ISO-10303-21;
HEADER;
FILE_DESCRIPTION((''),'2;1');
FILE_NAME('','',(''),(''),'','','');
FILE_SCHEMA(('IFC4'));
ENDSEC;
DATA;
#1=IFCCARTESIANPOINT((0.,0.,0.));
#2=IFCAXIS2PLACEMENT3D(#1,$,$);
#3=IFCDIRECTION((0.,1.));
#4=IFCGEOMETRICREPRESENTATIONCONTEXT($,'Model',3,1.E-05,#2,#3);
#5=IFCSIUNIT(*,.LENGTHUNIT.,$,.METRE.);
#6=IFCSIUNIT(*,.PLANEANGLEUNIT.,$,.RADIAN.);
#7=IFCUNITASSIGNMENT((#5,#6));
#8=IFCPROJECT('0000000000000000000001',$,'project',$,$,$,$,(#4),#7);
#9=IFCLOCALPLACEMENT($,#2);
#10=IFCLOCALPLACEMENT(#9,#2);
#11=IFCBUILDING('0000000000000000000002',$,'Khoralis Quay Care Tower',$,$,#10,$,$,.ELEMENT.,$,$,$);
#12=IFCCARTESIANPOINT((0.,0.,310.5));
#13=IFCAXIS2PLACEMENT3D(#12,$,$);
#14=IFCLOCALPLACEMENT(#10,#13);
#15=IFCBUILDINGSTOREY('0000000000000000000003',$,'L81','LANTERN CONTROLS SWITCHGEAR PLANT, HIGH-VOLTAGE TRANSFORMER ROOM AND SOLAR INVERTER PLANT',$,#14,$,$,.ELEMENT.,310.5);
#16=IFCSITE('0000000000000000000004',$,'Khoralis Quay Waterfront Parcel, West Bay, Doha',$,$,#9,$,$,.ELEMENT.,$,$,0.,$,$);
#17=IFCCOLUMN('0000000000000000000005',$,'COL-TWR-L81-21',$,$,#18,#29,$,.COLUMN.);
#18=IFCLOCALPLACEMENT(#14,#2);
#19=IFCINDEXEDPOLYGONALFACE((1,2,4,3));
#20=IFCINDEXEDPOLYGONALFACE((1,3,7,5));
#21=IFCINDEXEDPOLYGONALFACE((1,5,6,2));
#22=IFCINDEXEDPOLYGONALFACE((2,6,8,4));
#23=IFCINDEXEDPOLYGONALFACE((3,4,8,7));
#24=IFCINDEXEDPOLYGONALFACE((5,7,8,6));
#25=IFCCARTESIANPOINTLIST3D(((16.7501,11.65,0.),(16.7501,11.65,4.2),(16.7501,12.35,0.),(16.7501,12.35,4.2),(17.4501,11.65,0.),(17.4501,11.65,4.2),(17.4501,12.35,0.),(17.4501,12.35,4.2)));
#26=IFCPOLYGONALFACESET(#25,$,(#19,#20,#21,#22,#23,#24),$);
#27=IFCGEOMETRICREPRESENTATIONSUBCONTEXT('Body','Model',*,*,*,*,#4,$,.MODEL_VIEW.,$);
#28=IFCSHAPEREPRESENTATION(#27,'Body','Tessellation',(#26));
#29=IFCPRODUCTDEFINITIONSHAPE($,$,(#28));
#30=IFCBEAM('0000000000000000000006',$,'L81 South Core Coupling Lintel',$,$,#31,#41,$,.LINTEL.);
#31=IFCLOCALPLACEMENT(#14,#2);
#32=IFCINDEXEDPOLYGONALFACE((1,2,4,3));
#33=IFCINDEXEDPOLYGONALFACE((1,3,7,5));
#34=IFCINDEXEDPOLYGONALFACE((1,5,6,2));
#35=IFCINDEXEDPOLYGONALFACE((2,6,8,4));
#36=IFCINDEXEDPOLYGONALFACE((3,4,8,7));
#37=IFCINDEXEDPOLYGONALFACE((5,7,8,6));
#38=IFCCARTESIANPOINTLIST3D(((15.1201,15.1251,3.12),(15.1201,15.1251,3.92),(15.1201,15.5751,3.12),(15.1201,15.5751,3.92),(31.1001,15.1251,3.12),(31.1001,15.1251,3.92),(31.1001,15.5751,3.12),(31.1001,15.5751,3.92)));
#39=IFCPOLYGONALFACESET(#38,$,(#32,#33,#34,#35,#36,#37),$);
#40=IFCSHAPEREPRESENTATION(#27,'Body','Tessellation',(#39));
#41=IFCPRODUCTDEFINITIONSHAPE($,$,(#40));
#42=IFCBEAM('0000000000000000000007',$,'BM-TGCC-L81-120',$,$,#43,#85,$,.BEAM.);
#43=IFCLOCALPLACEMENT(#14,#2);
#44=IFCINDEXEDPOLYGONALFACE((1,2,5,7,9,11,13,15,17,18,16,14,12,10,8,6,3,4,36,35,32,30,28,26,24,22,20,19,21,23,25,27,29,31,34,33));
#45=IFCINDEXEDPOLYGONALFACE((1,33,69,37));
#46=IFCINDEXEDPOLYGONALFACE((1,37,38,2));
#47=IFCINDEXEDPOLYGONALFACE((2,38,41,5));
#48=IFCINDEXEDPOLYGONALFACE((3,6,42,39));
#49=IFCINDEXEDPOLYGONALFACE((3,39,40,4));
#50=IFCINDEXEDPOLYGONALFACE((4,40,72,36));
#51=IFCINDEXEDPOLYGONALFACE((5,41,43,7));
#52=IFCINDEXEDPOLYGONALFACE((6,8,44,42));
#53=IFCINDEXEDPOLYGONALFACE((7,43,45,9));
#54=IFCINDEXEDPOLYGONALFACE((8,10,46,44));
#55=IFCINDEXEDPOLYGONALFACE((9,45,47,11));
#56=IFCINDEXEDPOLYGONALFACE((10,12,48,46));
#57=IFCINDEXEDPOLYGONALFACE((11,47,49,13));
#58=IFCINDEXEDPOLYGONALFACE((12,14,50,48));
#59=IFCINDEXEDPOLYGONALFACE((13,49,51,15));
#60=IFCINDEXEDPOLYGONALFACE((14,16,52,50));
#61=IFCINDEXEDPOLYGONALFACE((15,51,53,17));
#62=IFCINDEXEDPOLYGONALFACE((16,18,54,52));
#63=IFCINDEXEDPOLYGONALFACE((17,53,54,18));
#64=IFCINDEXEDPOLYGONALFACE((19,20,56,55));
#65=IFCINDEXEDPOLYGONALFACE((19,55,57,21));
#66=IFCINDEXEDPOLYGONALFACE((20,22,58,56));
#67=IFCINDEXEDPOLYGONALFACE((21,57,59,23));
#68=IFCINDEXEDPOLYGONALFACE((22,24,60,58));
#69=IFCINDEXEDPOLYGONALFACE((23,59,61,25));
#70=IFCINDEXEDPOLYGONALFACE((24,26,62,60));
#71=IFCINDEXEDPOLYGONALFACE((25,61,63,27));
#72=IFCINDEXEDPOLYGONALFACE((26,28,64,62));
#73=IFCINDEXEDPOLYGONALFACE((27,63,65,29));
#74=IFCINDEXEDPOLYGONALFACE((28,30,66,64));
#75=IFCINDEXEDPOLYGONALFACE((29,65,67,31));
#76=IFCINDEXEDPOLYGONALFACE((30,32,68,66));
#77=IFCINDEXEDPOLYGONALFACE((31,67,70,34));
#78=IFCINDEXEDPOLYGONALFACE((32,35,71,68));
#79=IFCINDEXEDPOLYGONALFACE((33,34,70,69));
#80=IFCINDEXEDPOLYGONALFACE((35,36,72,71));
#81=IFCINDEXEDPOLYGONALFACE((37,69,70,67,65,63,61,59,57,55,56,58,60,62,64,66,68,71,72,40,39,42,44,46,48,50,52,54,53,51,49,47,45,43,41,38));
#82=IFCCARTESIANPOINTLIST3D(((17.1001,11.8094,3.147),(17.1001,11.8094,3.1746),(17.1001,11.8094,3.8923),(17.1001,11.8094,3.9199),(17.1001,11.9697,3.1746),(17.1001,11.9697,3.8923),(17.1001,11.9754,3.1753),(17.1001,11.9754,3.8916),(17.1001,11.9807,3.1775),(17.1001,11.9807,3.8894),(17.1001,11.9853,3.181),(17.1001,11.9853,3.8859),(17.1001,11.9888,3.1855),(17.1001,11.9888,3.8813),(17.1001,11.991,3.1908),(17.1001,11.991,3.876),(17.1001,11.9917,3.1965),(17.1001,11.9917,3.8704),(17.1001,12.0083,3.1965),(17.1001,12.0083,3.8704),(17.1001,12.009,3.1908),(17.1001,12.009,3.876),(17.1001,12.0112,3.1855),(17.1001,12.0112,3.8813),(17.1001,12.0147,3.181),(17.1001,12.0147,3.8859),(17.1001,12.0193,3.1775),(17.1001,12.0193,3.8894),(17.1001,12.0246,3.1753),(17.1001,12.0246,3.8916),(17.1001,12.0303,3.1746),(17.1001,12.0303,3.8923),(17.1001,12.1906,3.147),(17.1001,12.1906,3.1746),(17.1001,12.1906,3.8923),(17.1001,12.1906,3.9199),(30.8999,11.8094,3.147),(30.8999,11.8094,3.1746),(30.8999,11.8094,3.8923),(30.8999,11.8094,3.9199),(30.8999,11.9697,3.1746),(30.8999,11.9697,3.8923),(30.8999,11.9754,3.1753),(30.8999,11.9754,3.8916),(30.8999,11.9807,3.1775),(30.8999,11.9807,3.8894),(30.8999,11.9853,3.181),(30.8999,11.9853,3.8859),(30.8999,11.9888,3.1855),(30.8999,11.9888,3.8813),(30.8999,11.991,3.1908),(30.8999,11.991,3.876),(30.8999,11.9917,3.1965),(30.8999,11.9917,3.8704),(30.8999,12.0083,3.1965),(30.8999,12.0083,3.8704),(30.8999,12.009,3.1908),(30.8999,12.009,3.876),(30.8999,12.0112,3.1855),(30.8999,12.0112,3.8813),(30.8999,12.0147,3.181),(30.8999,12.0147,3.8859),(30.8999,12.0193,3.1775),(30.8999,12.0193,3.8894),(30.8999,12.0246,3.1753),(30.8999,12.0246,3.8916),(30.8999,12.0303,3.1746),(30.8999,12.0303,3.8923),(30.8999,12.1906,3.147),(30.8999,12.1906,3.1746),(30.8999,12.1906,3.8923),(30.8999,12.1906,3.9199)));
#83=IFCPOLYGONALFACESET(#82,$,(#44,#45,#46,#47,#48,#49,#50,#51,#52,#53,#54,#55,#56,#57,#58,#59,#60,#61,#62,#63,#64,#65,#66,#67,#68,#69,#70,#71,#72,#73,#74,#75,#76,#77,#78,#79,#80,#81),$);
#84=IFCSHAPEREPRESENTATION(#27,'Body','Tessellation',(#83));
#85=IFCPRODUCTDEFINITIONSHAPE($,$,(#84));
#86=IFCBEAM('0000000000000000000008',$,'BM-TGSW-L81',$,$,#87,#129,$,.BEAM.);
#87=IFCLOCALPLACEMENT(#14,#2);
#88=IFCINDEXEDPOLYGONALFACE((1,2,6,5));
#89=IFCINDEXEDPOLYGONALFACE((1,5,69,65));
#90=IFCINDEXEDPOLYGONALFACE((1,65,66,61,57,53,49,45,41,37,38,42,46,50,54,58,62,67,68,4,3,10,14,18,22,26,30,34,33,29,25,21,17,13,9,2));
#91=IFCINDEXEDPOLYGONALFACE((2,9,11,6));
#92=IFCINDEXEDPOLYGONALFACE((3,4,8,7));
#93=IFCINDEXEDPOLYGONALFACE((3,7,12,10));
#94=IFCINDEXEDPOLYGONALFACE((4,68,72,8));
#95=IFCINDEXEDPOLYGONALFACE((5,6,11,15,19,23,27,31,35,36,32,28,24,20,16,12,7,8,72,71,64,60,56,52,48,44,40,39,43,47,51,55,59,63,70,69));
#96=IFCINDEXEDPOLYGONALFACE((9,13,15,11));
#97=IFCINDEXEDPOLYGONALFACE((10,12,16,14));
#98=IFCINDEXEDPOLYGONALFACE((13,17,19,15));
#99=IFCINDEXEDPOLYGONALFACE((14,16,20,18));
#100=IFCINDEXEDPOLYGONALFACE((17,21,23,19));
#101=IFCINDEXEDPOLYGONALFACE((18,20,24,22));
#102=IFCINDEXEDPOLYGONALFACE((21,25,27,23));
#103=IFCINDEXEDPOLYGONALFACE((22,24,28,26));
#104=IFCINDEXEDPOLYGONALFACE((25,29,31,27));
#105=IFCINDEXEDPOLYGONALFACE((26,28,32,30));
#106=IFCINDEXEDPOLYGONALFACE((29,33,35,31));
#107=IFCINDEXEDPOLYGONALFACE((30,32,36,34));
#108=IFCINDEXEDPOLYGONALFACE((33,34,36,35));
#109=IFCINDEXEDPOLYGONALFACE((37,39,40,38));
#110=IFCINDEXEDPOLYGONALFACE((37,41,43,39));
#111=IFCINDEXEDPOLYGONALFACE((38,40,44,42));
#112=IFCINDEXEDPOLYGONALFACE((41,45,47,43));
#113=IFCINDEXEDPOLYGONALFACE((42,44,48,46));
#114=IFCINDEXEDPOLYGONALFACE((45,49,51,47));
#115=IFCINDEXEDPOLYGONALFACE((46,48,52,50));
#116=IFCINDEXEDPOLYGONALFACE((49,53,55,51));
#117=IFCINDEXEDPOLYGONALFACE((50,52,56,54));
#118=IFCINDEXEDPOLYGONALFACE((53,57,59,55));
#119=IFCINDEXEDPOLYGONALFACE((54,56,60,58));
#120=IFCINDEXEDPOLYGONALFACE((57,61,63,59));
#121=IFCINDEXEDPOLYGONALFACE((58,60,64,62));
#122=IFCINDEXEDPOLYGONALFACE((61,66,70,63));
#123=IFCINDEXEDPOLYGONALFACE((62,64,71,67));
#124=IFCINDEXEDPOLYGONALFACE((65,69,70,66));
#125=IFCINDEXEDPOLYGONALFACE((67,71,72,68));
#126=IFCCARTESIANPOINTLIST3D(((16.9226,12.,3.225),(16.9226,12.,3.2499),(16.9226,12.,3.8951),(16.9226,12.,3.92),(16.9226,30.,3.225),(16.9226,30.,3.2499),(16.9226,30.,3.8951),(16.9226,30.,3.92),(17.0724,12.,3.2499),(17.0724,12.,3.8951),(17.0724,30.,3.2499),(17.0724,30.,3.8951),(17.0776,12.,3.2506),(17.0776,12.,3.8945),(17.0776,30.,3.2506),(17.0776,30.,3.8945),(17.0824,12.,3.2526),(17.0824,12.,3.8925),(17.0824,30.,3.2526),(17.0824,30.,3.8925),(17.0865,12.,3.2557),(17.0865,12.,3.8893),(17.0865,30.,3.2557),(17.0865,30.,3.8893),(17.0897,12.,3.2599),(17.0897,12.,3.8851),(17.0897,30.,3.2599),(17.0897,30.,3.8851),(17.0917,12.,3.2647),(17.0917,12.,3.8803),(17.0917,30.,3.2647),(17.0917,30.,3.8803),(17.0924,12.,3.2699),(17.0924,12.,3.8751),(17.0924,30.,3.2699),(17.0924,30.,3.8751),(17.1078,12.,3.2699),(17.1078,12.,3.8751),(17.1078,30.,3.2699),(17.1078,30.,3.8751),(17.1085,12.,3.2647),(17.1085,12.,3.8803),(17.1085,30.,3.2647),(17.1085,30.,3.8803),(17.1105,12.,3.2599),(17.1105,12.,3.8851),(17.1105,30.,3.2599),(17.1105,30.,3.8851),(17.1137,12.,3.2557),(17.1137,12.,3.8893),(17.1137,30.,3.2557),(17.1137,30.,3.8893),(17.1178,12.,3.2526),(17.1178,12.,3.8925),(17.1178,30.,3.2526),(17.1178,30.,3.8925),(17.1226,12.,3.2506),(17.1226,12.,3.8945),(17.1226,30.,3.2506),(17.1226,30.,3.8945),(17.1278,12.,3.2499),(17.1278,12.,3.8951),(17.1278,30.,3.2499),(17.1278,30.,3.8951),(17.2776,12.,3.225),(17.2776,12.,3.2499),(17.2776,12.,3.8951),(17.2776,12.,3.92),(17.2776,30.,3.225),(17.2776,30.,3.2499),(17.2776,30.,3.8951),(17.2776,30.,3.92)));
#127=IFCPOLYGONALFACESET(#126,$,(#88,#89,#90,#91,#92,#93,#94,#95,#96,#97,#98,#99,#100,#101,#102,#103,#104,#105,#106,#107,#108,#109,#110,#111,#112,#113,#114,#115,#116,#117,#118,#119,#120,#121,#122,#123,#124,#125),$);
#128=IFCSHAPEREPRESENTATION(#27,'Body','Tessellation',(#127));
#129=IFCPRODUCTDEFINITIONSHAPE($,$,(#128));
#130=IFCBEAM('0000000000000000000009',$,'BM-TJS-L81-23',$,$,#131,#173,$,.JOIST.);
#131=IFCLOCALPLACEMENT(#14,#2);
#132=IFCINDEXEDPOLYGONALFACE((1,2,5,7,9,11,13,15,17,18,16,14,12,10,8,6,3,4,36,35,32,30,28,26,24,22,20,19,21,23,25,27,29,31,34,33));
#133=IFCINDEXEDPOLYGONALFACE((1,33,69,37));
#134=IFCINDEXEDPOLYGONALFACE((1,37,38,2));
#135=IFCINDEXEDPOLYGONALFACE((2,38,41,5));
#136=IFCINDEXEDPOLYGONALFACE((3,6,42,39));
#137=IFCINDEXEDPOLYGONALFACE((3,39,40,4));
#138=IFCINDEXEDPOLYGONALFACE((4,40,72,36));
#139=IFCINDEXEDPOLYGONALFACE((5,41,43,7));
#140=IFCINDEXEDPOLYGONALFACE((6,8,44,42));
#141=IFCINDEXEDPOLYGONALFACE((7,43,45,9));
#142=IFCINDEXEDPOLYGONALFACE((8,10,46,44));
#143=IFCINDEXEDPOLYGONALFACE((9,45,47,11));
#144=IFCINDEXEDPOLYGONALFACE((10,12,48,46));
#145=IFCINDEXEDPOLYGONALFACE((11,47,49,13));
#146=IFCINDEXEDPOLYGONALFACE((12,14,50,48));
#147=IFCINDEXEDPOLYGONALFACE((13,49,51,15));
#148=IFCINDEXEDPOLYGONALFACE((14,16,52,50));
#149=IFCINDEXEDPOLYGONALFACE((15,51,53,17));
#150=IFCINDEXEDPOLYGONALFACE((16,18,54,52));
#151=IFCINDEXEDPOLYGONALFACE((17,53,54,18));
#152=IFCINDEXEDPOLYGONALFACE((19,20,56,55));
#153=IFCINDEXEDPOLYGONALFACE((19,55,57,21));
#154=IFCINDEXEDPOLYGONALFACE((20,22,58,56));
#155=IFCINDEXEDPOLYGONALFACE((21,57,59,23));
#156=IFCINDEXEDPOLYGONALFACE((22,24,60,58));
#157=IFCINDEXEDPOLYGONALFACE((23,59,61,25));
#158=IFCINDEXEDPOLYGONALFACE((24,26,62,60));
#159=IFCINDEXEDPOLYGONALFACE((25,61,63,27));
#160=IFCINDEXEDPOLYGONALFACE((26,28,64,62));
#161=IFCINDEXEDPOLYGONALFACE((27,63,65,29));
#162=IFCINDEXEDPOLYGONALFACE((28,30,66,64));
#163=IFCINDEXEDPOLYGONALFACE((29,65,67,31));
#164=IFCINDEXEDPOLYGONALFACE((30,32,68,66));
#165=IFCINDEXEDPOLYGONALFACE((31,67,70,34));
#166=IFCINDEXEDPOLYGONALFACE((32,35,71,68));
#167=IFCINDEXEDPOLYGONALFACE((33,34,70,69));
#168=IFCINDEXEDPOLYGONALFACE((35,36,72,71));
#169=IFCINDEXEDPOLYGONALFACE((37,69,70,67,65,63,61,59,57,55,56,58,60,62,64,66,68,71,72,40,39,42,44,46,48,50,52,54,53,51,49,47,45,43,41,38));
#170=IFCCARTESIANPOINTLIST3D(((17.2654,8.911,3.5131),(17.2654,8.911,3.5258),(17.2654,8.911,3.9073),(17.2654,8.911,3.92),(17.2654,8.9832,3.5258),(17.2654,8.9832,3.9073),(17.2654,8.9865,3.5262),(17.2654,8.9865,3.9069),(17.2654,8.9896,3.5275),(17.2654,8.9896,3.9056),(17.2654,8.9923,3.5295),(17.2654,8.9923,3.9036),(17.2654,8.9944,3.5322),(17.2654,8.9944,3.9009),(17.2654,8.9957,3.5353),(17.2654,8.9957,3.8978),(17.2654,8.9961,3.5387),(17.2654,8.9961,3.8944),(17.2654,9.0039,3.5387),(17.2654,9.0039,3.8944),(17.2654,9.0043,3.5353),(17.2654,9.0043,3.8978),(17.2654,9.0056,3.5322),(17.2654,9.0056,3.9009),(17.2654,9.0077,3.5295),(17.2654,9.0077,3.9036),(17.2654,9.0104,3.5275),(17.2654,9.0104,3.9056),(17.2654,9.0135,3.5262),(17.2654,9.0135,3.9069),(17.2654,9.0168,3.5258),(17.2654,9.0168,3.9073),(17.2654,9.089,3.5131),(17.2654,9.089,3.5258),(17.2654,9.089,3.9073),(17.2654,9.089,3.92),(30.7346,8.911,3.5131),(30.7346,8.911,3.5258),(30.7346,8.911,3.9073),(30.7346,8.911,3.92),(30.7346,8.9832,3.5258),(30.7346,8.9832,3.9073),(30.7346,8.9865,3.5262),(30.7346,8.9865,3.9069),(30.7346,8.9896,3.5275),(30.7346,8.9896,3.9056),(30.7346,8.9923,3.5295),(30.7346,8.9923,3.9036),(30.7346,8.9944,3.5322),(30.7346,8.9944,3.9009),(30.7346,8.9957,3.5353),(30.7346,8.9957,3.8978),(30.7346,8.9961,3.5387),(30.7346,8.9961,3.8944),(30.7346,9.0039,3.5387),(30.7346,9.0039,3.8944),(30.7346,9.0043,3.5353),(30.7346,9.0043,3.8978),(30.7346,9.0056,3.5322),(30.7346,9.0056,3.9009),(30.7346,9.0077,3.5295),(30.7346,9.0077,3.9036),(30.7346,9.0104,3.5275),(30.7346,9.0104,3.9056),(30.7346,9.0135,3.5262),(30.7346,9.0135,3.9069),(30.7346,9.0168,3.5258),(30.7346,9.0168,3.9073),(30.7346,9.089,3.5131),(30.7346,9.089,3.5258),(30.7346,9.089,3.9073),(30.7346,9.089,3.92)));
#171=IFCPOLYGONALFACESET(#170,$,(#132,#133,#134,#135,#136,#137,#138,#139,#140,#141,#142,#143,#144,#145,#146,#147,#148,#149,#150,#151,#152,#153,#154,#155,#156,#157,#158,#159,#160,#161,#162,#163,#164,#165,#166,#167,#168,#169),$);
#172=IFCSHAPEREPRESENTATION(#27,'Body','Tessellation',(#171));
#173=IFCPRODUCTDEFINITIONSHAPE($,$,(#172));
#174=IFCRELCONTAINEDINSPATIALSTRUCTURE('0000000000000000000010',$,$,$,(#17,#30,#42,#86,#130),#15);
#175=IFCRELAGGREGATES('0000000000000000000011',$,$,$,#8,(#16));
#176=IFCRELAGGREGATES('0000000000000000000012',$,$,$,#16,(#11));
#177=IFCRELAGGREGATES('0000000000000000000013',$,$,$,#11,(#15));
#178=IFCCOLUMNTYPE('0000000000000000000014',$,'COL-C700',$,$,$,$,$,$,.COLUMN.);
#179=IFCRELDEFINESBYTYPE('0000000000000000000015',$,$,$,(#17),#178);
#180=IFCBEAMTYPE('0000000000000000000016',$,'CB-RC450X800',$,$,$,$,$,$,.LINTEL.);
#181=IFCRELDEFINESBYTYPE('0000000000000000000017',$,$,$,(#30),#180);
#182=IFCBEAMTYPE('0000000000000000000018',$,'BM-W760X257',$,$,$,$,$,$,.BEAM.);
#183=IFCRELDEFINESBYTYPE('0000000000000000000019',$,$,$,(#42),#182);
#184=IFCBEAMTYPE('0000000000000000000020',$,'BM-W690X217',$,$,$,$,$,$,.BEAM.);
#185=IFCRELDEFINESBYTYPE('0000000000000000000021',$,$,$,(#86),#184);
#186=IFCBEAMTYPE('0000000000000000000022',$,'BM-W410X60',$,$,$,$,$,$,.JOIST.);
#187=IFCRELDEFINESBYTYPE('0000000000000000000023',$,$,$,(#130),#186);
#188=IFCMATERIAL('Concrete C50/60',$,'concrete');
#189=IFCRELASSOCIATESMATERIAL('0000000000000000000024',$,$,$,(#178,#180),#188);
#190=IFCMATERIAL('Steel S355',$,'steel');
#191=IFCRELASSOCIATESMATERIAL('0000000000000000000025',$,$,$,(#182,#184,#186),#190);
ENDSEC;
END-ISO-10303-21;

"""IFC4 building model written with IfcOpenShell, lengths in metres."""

from ifc_helpers import new_model, si_unit, direction, frame, origin, origin_2d, place, context, subcontext, project, spatial, rectangle, i_section, extrude, source, transform, mapped, material, material_profile, profile_set, type_object, element, save


model = new_model("IFC4")

# Units and contexts
model_context = context("Model", 3, precision=1e-05, world=origin(), true_north=direction((0.0, 1.0)))
body_context = subcontext(model_context, "Body", "Model", "MODEL_VIEW")
ifc_project = project(units=[si_unit("LENGTHUNIT", "METRE"), si_unit("PLANEANGLEUNIT", "RADIAN")], contexts=[model_context])

# Site, building, storey
site_placement = place(None, origin())
site = spatial("IfcSite", under=ifc_project, at=site_placement, Name="Khoralis Quay Waterfront Parcel, West Bay, Doha", CompositionType="ELEMENT", RefElevation=0.0)
building_placement = place(site_placement, origin())
building = spatial("IfcBuilding", under=site, at=building_placement, Name="Khoralis Quay Care Tower", CompositionType="ELEMENT")
storey_placement = place(building_placement, frame((0.0, 0.0, 310.5)))
storey = spatial("IfcBuildingStorey", under=building, at=storey_placement, Name="L81", Description="LANTERN CONTROLS SWITCHGEAR PLANT, HIGH-VOLTAGE TRANSFORMER ROOM AND SOLAR INVERTER PLANT", CompositionType="ELEMENT", Elevation=310.5)

# Column
ifc_material_1 = material(Name="Concrete C50/60", Category="concrete")
ifc_material_profile_1 = material_profile(ifc_material_1, rectangle(XDim=0.7, YDim=0.7, at=origin_2d()), Name="Concrete C50/60")
ifc_profile_set_1 = profile_set([ifc_material_profile_1], Name="Concrete C50/60")
column_type = type_object("IfcColumnType", Name="COL-C700", PredefinedType="COLUMN", material=ifc_profile_set_1)
shared_shape_1 = source(origin(), body_context, "Body", "SweptSolid", [
    extrude(rectangle(XDim=0.7, YDim=0.7, at=origin_2d()), origin(), (0.0, 0.0, 1.0), 4.2),
])
column_placement = place(storey_placement, frame((17.1001, 12.0, 0.0), z_axis=(0.0, 0.0, 1.0), x_axis=(1.0, 0.0, 0.0)))
element("IfcColumn", 1, at=column_placement, inside=storey, type_object=column_type, Name="COL-TWR-L81-21", PredefinedType="COLUMN", context=body_context, shape_type="MappedRepresentation", body=[
    mapped(shared_shape_1, transform((0.0, 0.0, 0.0), scale=1.0)),
])

# Beams
ifc_material_profile_2 = material_profile(ifc_material_1, rectangle(XDim=0.45, YDim=0.8, at=origin_2d()), Name="Concrete C50/60")
ifc_profile_set_2 = profile_set([ifc_material_profile_2], Name="Concrete C50/60")
beam_type_1 = type_object("IfcBeamType", Name="CB-RC450X800", PredefinedType="LINTEL", material=ifc_profile_set_2)
shared_shape_2 = source(origin(), body_context, "Body", "SweptSolid", [
    extrude(rectangle(XDim=0.45, YDim=0.8, at=origin_2d()), origin(), (0.0, 0.0, 1.0), 15.98),
])
beam_1_placement = place(storey_placement, frame((15.1201, 15.3501, 3.52), z_axis=(1.0, 0.0, 0.0), x_axis=(0.0, 1.0, 0.0)))
element("IfcBeam", 2, at=beam_1_placement, inside=storey, type_object=beam_type_1, Name="L81 South Core Coupling Lintel", PredefinedType="LINTEL", context=body_context, shape_type="MappedRepresentation", body=[
    mapped(shared_shape_2, transform((0.0, 0.0, 0.0), scale=1.0)),
])
ifc_material_2 = material(Name="Steel S355", Category="steel")
ifc_material_profile_3 = material_profile(ifc_material_2, i_section(OverallWidth=0.3811, OverallDepth=0.7729, WebThickness=0.0166, FlangeThickness=0.0276, FilletRadius=0.022, at=origin_2d()), Name="Steel S355")
ifc_profile_set_3 = profile_set([ifc_material_profile_3], Name="Steel S355")
beam_type_2 = type_object("IfcBeamType", Name="BM-W760X257", PredefinedType="BEAM", material=ifc_profile_set_3)
shared_shape_3 = source(origin(), body_context, "Body", "SweptSolid", [
    extrude(i_section(OverallWidth=0.3811, OverallDepth=0.7729, WebThickness=0.0166, FlangeThickness=0.0276, FilletRadius=0.022, at=origin_2d()), origin(), (0.0, 0.0, 1.0), 13.7998),
])
beam_2_placement = place(storey_placement, frame((17.1001, 12.0, 3.5334), z_axis=(1.0, 0.0, 0.0), x_axis=(0.0, 1.0, 0.0)))
element("IfcBeam", 3, at=beam_2_placement, inside=storey, type_object=beam_type_2, Name="BM-TGCC-L81-120", PredefinedType="BEAM", context=body_context, shape_type="MappedRepresentation", body=[
    mapped(shared_shape_3, transform((0.0, 0.0, 0.0), scale=1.0)),
])
ifc_material_profile_4 = material_profile(ifc_material_2, i_section(OverallWidth=0.355, OverallDepth=0.6951, WebThickness=0.0154, FlangeThickness=0.0249, FilletRadius=0.02, at=origin_2d()), Name="Steel S355")
ifc_profile_set_4 = profile_set([ifc_material_profile_4], Name="Steel S355")
beam_type_3 = type_object("IfcBeamType", Name="BM-W690X217", PredefinedType="BEAM", material=ifc_profile_set_4)
shared_shape_4 = source(origin(), body_context, "Body", "SweptSolid", [
    extrude(i_section(OverallWidth=0.355, OverallDepth=0.6951, WebThickness=0.0154, FlangeThickness=0.0249, FilletRadius=0.02, at=origin_2d()), origin(), (0.0, 0.0, 1.0), 18.0),
])
beam_3_placement = place(storey_placement, frame((17.1001, 12.0, 3.5725), z_axis=(0.0, 1.0, 0.0), x_axis=(-1.0, 0.0, 0.0)))
element("IfcBeam", 4, at=beam_3_placement, inside=storey, type_object=beam_type_3, Name="BM-TGSW-L81", PredefinedType="BEAM", context=body_context, shape_type="MappedRepresentation", body=[
    mapped(shared_shape_4, transform((0.0, 0.0, 0.0), scale=1.0)),
])
ifc_material_profile_5 = material_profile(ifc_material_2, i_section(OverallWidth=0.178, OverallDepth=0.407, WebThickness=0.0078, FlangeThickness=0.0127, FilletRadius=0.0129, at=origin_2d()), Name="Steel S355")
ifc_profile_set_5 = profile_set([ifc_material_profile_5], Name="Steel S355")
beam_type_4 = type_object("IfcBeamType", Name="BM-W410X60", PredefinedType="JOIST", material=ifc_profile_set_5)
shared_shape_5 = source(origin(), body_context, "Body", "SweptSolid", [
    extrude(i_section(OverallWidth=0.178, OverallDepth=0.407, WebThickness=0.0078, FlangeThickness=0.0127, FilletRadius=0.0129, at=origin_2d()), origin(), (0.0, 0.0, 1.0), 13.4692),
])
beam_4_placement = place(storey_placement, frame((17.2654, 9.0, 3.7166), z_axis=(1.0, 0.0, 0.0), x_axis=(0.0, 1.0, 0.0)))
element("IfcBeam", 5, at=beam_4_placement, inside=storey, type_object=beam_type_4, Name="BM-TJS-L81-23", PredefinedType="JOIST", context=body_context, shape_type="MappedRepresentation", body=[
    mapped(shared_shape_5, transform((0.0, 0.0, 0.0), scale=1.0)),
])

save(model, "model.ifc")
